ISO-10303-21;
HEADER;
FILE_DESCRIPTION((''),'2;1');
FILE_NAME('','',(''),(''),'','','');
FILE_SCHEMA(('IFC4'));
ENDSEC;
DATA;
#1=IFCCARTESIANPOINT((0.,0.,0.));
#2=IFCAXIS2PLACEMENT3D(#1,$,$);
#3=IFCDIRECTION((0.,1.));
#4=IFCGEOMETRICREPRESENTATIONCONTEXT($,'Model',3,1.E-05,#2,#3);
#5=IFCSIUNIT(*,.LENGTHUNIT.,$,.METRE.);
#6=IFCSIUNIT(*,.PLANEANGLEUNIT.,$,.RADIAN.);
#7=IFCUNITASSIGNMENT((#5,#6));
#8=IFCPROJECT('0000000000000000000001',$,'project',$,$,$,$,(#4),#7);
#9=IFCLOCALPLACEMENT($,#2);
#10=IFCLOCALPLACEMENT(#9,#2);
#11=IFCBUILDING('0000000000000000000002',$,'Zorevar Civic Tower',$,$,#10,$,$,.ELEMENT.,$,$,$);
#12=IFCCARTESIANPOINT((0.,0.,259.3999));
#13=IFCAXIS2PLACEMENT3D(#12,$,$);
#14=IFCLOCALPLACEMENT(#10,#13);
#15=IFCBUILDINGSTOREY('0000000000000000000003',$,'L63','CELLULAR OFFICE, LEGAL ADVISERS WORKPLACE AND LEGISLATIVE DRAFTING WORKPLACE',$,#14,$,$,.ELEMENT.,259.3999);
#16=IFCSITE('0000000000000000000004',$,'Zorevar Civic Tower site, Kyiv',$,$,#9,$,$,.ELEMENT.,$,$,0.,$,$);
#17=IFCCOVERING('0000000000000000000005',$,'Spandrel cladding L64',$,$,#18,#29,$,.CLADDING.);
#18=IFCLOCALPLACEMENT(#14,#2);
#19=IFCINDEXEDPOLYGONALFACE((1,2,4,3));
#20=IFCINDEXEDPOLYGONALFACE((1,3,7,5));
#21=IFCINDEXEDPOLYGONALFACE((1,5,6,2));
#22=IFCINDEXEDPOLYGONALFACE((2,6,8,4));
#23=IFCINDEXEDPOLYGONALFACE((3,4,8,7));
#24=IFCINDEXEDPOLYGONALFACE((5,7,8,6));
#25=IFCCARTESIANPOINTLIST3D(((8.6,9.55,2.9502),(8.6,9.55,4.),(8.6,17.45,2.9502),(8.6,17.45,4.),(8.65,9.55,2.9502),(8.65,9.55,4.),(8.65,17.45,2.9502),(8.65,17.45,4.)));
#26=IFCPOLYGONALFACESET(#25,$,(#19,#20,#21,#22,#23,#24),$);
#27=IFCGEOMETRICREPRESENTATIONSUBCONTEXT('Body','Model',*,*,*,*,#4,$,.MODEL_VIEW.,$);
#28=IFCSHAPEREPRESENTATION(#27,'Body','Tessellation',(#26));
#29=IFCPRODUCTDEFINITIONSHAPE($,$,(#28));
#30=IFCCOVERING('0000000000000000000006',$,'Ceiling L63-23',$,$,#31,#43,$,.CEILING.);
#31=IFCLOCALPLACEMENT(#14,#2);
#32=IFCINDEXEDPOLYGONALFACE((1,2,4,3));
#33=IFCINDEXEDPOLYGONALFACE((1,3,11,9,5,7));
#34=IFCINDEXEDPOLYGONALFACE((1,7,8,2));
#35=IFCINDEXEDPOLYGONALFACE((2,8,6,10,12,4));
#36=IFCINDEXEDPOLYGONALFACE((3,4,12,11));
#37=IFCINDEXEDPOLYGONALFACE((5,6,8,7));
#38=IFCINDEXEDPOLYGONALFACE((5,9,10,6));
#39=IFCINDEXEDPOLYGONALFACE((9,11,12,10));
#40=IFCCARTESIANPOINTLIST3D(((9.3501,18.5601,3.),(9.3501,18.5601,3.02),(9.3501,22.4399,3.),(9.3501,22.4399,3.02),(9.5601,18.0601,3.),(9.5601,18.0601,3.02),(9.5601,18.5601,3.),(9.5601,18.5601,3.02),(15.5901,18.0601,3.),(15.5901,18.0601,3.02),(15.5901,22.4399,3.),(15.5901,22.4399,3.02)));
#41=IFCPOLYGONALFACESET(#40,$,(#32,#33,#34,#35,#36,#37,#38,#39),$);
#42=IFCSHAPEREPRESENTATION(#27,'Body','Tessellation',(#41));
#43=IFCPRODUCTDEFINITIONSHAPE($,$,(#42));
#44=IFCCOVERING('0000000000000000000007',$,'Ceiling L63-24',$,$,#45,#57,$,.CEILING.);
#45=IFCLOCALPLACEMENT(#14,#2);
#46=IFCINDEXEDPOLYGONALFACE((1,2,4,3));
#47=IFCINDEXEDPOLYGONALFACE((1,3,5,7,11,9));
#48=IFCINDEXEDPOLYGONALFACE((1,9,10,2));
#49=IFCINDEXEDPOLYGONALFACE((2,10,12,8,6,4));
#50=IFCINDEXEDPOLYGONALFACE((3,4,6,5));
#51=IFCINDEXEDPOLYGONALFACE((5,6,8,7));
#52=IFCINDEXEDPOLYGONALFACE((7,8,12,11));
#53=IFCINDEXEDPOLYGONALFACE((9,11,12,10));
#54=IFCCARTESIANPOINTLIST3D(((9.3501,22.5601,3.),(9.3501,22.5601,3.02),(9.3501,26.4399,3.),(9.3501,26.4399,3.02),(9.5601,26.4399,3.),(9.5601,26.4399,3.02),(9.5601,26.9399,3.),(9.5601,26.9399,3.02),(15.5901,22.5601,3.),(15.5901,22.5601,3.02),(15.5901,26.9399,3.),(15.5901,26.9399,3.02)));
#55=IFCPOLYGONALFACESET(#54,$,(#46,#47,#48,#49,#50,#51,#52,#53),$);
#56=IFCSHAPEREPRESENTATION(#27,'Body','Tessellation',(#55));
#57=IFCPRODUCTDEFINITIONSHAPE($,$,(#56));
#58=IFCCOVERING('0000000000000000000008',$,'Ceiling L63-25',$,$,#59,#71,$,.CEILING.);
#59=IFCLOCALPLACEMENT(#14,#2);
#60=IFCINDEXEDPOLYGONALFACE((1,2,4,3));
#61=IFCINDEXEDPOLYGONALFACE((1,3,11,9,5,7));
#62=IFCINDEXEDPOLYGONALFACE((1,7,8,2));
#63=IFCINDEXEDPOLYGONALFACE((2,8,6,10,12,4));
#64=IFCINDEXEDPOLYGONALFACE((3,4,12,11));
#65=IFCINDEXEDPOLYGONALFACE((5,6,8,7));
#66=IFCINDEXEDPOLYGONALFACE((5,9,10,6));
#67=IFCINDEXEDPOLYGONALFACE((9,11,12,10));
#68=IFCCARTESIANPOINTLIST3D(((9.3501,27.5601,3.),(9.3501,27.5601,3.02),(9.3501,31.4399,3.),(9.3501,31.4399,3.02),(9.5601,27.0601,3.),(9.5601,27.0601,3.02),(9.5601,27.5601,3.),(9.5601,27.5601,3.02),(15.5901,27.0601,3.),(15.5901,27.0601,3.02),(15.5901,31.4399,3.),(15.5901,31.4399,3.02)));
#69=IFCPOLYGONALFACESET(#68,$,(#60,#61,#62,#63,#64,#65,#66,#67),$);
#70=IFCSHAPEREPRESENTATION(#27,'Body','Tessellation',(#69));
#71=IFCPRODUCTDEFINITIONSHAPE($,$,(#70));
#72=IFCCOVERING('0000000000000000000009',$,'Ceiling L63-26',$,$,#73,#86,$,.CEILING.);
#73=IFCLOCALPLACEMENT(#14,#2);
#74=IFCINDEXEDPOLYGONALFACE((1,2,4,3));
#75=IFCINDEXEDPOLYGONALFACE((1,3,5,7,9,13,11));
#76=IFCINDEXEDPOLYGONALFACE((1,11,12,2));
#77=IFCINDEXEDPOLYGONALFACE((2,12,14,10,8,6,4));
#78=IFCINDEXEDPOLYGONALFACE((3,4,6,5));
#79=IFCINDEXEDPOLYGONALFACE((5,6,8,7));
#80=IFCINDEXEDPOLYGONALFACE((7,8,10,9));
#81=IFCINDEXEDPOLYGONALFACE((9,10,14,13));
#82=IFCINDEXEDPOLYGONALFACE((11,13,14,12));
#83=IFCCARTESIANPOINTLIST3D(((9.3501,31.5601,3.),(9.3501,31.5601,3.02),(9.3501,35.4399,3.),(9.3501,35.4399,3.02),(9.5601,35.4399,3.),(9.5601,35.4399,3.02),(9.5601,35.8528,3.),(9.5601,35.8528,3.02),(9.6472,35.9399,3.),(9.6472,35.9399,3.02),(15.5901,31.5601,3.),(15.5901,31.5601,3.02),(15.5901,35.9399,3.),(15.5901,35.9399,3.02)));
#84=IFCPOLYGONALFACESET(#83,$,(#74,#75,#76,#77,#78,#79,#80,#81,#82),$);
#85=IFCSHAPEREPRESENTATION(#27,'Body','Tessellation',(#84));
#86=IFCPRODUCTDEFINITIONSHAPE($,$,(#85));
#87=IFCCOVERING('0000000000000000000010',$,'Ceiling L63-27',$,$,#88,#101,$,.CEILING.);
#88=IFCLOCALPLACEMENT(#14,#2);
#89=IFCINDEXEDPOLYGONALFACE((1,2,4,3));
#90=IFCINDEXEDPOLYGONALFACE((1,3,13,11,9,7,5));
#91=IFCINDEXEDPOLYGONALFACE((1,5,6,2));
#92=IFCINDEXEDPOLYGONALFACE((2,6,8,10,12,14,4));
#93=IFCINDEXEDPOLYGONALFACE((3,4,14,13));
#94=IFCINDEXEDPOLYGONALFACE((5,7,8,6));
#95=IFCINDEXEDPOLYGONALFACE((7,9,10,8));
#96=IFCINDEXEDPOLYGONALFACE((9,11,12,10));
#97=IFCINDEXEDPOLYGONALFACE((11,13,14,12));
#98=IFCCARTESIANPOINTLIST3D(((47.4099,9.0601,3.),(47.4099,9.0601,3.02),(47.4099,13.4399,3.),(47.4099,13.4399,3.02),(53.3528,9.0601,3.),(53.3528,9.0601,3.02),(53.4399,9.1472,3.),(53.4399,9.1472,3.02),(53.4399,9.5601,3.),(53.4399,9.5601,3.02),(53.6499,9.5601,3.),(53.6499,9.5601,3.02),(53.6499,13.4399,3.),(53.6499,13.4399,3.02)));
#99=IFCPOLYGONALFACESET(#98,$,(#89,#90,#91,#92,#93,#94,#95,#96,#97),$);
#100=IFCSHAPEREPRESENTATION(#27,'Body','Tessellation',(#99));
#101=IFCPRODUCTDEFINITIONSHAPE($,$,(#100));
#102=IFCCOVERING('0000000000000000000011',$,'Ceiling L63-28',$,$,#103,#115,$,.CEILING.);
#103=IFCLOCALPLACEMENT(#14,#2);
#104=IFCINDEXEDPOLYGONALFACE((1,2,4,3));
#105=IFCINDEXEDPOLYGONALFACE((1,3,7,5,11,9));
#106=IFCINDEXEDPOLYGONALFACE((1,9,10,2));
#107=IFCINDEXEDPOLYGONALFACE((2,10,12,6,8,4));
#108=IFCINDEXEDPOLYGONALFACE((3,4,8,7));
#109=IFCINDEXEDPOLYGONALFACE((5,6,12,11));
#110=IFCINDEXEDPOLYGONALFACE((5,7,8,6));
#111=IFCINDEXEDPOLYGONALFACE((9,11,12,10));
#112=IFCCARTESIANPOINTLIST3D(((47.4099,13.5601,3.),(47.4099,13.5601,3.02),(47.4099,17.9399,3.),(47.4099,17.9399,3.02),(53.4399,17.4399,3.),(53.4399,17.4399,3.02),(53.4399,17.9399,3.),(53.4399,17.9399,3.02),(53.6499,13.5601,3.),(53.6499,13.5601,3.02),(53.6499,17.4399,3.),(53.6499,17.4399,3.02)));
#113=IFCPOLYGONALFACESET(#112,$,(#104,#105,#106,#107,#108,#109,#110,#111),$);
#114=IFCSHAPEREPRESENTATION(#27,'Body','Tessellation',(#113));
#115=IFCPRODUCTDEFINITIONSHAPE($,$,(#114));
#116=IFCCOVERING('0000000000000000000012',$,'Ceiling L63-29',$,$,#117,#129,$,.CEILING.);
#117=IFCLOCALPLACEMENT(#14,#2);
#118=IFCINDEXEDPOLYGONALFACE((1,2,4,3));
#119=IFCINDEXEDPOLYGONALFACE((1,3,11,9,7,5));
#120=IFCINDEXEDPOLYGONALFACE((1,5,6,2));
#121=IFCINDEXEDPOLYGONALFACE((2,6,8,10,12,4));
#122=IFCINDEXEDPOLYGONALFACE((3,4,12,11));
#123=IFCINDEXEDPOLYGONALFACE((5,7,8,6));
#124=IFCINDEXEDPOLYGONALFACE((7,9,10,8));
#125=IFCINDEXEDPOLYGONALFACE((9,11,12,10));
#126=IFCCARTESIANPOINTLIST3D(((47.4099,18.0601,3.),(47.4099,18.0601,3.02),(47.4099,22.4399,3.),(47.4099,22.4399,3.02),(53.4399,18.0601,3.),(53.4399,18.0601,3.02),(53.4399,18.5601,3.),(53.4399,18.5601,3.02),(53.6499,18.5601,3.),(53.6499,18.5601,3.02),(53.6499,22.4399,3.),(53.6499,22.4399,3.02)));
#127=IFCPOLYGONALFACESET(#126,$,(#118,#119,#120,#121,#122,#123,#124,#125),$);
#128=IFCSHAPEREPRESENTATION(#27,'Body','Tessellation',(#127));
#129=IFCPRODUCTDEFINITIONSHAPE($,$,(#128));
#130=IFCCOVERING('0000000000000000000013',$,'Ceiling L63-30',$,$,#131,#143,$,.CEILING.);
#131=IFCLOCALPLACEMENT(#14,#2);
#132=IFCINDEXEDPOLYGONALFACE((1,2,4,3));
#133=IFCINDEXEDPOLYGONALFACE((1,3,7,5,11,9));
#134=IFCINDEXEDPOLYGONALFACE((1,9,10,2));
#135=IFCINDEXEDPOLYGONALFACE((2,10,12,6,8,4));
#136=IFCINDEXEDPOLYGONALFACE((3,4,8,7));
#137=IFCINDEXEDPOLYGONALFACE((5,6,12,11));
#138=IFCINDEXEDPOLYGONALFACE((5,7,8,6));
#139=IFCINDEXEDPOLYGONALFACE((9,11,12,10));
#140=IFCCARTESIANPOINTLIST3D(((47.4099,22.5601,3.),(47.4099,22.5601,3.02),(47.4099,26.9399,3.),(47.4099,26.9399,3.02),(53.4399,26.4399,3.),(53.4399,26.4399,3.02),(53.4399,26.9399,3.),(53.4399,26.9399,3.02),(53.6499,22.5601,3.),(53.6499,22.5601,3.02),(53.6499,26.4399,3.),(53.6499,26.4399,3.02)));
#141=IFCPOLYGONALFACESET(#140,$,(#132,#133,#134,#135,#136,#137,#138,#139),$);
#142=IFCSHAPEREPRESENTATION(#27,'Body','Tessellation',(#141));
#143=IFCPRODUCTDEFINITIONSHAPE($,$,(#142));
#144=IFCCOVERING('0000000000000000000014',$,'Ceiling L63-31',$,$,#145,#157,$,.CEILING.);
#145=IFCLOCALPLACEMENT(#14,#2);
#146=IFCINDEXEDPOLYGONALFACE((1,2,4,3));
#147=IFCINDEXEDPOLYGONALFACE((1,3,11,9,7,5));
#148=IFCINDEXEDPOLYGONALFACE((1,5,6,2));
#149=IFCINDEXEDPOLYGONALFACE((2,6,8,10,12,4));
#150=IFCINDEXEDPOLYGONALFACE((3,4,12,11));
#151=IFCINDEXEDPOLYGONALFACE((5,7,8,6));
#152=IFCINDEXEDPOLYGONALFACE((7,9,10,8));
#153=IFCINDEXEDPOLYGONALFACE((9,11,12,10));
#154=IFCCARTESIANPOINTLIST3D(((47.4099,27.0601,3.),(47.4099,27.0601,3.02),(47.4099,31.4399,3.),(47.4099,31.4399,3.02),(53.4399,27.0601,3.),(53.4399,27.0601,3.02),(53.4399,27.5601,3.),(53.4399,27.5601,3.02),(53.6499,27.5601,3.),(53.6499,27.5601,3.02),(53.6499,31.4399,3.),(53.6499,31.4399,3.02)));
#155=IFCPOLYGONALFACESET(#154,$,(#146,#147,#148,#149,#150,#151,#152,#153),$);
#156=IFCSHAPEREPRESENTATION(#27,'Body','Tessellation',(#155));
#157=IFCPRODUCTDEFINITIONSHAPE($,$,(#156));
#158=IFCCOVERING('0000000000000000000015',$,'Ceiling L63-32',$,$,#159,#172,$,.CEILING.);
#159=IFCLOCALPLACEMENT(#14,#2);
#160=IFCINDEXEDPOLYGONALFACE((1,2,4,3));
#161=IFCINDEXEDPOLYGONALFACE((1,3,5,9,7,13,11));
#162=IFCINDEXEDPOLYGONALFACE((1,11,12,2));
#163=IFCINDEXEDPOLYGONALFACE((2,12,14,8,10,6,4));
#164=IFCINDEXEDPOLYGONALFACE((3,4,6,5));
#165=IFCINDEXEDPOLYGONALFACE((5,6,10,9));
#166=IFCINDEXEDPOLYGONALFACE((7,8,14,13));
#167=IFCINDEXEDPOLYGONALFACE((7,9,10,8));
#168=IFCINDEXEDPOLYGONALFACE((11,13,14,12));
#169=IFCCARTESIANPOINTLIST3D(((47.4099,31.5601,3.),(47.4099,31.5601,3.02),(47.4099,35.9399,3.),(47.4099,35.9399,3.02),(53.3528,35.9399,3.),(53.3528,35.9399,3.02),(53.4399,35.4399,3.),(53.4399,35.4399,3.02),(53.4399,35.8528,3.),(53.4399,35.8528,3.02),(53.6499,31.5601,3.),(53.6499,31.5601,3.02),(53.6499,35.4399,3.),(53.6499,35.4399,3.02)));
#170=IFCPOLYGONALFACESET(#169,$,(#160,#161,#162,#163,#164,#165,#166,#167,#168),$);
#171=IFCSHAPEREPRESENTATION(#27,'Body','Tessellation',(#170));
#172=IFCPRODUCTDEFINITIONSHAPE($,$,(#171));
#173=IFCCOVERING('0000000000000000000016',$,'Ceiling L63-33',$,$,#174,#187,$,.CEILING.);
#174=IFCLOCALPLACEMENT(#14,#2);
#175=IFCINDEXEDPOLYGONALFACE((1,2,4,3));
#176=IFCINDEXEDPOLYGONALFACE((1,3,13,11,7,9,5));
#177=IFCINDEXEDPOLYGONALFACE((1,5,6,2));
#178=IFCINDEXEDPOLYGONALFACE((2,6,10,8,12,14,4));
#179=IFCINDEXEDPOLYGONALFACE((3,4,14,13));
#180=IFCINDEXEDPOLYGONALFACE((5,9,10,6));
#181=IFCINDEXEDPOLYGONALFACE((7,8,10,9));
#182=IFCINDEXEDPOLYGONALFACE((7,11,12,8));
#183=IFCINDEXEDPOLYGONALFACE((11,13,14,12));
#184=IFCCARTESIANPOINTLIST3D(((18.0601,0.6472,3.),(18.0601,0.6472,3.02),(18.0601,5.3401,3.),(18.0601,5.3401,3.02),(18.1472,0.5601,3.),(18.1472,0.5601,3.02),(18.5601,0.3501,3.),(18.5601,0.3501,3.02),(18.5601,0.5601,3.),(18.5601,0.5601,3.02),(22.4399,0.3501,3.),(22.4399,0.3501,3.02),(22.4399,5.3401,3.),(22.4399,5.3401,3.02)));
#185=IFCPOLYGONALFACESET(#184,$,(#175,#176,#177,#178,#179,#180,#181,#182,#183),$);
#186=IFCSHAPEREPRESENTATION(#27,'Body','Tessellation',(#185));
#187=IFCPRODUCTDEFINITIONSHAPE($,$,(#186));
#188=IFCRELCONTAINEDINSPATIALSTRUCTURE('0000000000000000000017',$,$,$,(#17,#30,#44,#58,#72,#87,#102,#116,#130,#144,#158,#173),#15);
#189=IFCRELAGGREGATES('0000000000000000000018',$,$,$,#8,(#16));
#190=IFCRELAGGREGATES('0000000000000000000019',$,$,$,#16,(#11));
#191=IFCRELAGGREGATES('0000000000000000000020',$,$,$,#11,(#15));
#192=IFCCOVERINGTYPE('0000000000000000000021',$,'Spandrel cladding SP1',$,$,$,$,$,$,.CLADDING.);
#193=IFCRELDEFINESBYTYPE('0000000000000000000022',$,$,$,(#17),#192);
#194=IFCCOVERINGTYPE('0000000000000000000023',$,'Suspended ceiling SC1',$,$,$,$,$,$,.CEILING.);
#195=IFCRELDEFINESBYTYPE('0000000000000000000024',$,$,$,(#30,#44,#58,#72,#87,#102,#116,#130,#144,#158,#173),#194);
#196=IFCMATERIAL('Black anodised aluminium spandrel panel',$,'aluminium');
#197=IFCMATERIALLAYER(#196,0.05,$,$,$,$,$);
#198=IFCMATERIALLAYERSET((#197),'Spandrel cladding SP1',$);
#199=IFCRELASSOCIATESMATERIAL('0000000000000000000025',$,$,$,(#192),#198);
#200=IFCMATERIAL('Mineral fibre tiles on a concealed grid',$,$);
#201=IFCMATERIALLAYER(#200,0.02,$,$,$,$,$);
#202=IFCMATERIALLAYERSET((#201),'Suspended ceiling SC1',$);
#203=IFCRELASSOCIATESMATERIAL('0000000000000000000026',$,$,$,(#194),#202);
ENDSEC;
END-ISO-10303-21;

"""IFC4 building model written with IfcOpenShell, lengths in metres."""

from ifc_helpers import new_model, si_unit, direction, frame, frame_2d, origin, place, context, subcontext, project, spatial, polyline, rectangle, outline, extrude, material, layer, layer_set, type_object, element, save


model = new_model("IFC4")

# Units and contexts
model_context = context("Model", 3, precision=1e-05, world=origin(), true_north=direction((0.0, 1.0)))
body_context = subcontext(model_context, "Body", "Model", "MODEL_VIEW")
ifc_project = project(units=[si_unit("LENGTHUNIT", "METRE"), si_unit("PLANEANGLEUNIT", "RADIAN")], contexts=[model_context])

# Site, building, storey
site_placement = place(None, origin())
site = spatial("IfcSite", under=ifc_project, at=site_placement, Name="Zorevar Civic Tower site, Kyiv", CompositionType="ELEMENT", RefElevation=0.0)
building_placement = place(site_placement, origin())
building = spatial("IfcBuilding", under=site, at=building_placement, Name="Zorevar Civic Tower", CompositionType="ELEMENT")
storey_placement = place(building_placement, frame((0.0, 0.0, 259.3999)))
storey = spatial("IfcBuildingStorey", under=building, at=storey_placement, Name="L63", Description="CELLULAR OFFICE, LEGAL ADVISERS WORKPLACE AND LEGISLATIVE DRAFTING WORKPLACE", CompositionType="ELEMENT", Elevation=259.3999)

# Coverings
ifc_material_1 = material(Name="Black anodised aluminium spandrel panel", Category="aluminium")
ifc_layer_1 = layer(ifc_material_1, 0.05)
ifc_layer_set_1 = layer_set([ifc_layer_1], Name="Spandrel cladding SP1")
covering_type_1 = type_object("IfcCoveringType", Name="Spandrel cladding SP1", PredefinedType="CLADDING", material=ifc_layer_set_1)
covering_1_placement = place(storey_placement, frame((8.625, 9.55, 2.9502), z_axis=(0.0, 0.0, 1.0), x_axis=(0.0, 1.0, 0.0)))
element("IfcCovering", 1, at=covering_1_placement, inside=storey, type_object=covering_type_1, Name="Spandrel cladding L64", PredefinedType="CLADDING", context=body_context, shape_type="SweptSolid", body=[
    extrude(rectangle(XDim=7.8999, YDim=0.05, at=frame_2d((3.95, 0.0))), origin(), (0.0, 0.0, 1.0), 1.0498),
])
ifc_material_2 = material(Name="Mineral fibre tiles on a concealed grid")
ifc_layer_2 = layer(ifc_material_2, 0.02)
ifc_layer_set_2 = layer_set([ifc_layer_2], Name="Suspended ceiling SC1")
covering_type_2 = type_object("IfcCoveringType", Name="Suspended ceiling SC1", PredefinedType="CEILING", material=ifc_layer_set_2)
covering_2_placement = place(storey_placement, frame((0.0, 0.0, 3.0)))
element("IfcCovering", 2, at=covering_2_placement, inside=storey, type_object=covering_type_2, Name="Ceiling L63-23", PredefinedType="CEILING", context=body_context, shape_type="SweptSolid", body=[
    extrude(outline(polyline([(15.5901, 18.0601), (9.5601, 18.0601), (9.5601, 18.5601), (9.3501, 18.5601), (9.3501, 22.4399), (15.5901, 22.4399), (15.5901, 18.0601)])), origin(), (0.0, 0.0, 1.0), 0.02),
])
covering_3_placement = place(storey_placement, frame((0.0, 0.0, 3.0)))
element("IfcCovering", 3, at=covering_3_placement, inside=storey, type_object=covering_type_2, Name="Ceiling L63-24", PredefinedType="CEILING", context=body_context, shape_type="SweptSolid", body=[
    extrude(outline(polyline([(15.5901, 22.5601), (9.3501, 22.5601), (9.3501, 26.4399), (9.5601, 26.4399), (9.5601, 26.9399), (15.5901, 26.9399), (15.5901, 22.5601)])), origin(), (0.0, 0.0, 1.0), 0.02),
])
covering_4_placement = place(storey_placement, frame((0.0, 0.0, 3.0)))
element("IfcCovering", 4, at=covering_4_placement, inside=storey, type_object=covering_type_2, Name="Ceiling L63-25", PredefinedType="CEILING", context=body_context, shape_type="SweptSolid", body=[
    extrude(outline(polyline([(15.5901, 27.0601), (9.5601, 27.0601), (9.5601, 27.5601), (9.3501, 27.5601), (9.3501, 31.4399), (15.5901, 31.4399), (15.5901, 27.0601)])), origin(), (0.0, 0.0, 1.0), 0.02),
])
covering_5_placement = place(storey_placement, frame((0.0, 0.0, 3.0)))
element("IfcCovering", 5, at=covering_5_placement, inside=storey, type_object=covering_type_2, Name="Ceiling L63-26", PredefinedType="CEILING", context=body_context, shape_type="SweptSolid", body=[
    extrude(outline(polyline([(9.3501, 31.5601), (9.3501, 35.4399), (9.5601, 35.4399), (9.5601, 35.8528), (9.6472, 35.9399), (15.5901, 35.9399), (15.5901, 31.5601), (9.3501, 31.5601)])), origin(), (0.0, 0.0, 1.0), 0.02),
])
covering_6_placement = place(storey_placement, frame((0.0, 0.0, 3.0)))
element("IfcCovering", 6, at=covering_6_placement, inside=storey, type_object=covering_type_2, Name="Ceiling L63-27", PredefinedType="CEILING", context=body_context, shape_type="SweptSolid", body=[
    extrude(outline(polyline([(53.6499, 13.4399), (53.6499, 9.5601), (53.4399, 9.5601), (53.4399, 9.1472), (53.3528, 9.0601), (47.4099, 9.0601), (47.4099, 13.4399), (53.6499, 13.4399)])), origin(), (0.0, 0.0, 1.0), 0.02),
])
covering_7_placement = place(storey_placement, frame((0.0, 0.0, 3.0)))
element("IfcCovering", 7, at=covering_7_placement, inside=storey, type_object=covering_type_2, Name="Ceiling L63-28", PredefinedType="CEILING", context=body_context, shape_type="SweptSolid", body=[
    extrude(outline(polyline([(47.4099, 17.9399), (53.4399, 17.9399), (53.4399, 17.4399), (53.6499, 17.4399), (53.6499, 13.5601), (47.4099, 13.5601), (47.4099, 17.9399)])), origin(), (0.0, 0.0, 1.0), 0.02),
])
covering_8_placement = place(storey_placement, frame((0.0, 0.0, 3.0)))
element("IfcCovering", 8, at=covering_8_placement, inside=storey, type_object=covering_type_2, Name="Ceiling L63-29", PredefinedType="CEILING", context=body_context, shape_type="SweptSolid", body=[
    extrude(outline(polyline([(47.4099, 22.4399), (53.6499, 22.4399), (53.6499, 18.5601), (53.4399, 18.5601), (53.4399, 18.0601), (47.4099, 18.0601), (47.4099, 22.4399)])), origin(), (0.0, 0.0, 1.0), 0.02),
])
covering_9_placement = place(storey_placement, frame((0.0, 0.0, 3.0)))
element("IfcCovering", 9, at=covering_9_placement, inside=storey, type_object=covering_type_2, Name="Ceiling L63-30", PredefinedType="CEILING", context=body_context, shape_type="SweptSolid", body=[
    extrude(outline(polyline([(47.4099, 26.9399), (53.4399, 26.9399), (53.4399, 26.4399), (53.6499, 26.4399), (53.6499, 22.5601), (47.4099, 22.5601), (47.4099, 26.9399)])), origin(), (0.0, 0.0, 1.0), 0.02),
])
covering_10_placement = place(storey_placement, frame((0.0, 0.0, 3.0)))
element("IfcCovering", 10, at=covering_10_placement, inside=storey, type_object=covering_type_2, Name="Ceiling L63-31", PredefinedType="CEILING", context=body_context, shape_type="SweptSolid", body=[
    extrude(outline(polyline([(47.4099, 31.4399), (53.6499, 31.4399), (53.6499, 27.5601), (53.4399, 27.5601), (53.4399, 27.0601), (47.4099, 27.0601), (47.4099, 31.4399)])), origin(), (0.0, 0.0, 1.0), 0.02),
])
covering_11_placement = place(storey_placement, frame((0.0, 0.0, 3.0)))
element("IfcCovering", 11, at=covering_11_placement, inside=storey, type_object=covering_type_2, Name="Ceiling L63-32", PredefinedType="CEILING", context=body_context, shape_type="SweptSolid", body=[
    extrude(outline(polyline([(53.3528, 35.9399), (53.4399, 35.8528), (53.4399, 35.4399), (53.6499, 35.4399), (53.6499, 31.5601), (47.4099, 31.5601), (47.4099, 35.9399), (53.3528, 35.9399)])), origin(), (0.0, 0.0, 1.0), 0.02),
])
covering_12_placement = place(storey_placement, frame((0.0, 0.0, 3.0)))
element("IfcCovering", 12, at=covering_12_placement, inside=storey, type_object=covering_type_2, Name="Ceiling L63-33", PredefinedType="CEILING", context=body_context, shape_type="SweptSolid", body=[
    extrude(outline(polyline([(22.4399, 0.3501), (18.5601, 0.3501), (18.5601, 0.5601), (18.1472, 0.5601), (18.0601, 0.6472), (18.0601, 5.3401), (22.4399, 5.3401), (22.4399, 0.3501)])), origin(), (0.0, 0.0, 1.0), 0.02),
])

save(model, "model.ifc")
